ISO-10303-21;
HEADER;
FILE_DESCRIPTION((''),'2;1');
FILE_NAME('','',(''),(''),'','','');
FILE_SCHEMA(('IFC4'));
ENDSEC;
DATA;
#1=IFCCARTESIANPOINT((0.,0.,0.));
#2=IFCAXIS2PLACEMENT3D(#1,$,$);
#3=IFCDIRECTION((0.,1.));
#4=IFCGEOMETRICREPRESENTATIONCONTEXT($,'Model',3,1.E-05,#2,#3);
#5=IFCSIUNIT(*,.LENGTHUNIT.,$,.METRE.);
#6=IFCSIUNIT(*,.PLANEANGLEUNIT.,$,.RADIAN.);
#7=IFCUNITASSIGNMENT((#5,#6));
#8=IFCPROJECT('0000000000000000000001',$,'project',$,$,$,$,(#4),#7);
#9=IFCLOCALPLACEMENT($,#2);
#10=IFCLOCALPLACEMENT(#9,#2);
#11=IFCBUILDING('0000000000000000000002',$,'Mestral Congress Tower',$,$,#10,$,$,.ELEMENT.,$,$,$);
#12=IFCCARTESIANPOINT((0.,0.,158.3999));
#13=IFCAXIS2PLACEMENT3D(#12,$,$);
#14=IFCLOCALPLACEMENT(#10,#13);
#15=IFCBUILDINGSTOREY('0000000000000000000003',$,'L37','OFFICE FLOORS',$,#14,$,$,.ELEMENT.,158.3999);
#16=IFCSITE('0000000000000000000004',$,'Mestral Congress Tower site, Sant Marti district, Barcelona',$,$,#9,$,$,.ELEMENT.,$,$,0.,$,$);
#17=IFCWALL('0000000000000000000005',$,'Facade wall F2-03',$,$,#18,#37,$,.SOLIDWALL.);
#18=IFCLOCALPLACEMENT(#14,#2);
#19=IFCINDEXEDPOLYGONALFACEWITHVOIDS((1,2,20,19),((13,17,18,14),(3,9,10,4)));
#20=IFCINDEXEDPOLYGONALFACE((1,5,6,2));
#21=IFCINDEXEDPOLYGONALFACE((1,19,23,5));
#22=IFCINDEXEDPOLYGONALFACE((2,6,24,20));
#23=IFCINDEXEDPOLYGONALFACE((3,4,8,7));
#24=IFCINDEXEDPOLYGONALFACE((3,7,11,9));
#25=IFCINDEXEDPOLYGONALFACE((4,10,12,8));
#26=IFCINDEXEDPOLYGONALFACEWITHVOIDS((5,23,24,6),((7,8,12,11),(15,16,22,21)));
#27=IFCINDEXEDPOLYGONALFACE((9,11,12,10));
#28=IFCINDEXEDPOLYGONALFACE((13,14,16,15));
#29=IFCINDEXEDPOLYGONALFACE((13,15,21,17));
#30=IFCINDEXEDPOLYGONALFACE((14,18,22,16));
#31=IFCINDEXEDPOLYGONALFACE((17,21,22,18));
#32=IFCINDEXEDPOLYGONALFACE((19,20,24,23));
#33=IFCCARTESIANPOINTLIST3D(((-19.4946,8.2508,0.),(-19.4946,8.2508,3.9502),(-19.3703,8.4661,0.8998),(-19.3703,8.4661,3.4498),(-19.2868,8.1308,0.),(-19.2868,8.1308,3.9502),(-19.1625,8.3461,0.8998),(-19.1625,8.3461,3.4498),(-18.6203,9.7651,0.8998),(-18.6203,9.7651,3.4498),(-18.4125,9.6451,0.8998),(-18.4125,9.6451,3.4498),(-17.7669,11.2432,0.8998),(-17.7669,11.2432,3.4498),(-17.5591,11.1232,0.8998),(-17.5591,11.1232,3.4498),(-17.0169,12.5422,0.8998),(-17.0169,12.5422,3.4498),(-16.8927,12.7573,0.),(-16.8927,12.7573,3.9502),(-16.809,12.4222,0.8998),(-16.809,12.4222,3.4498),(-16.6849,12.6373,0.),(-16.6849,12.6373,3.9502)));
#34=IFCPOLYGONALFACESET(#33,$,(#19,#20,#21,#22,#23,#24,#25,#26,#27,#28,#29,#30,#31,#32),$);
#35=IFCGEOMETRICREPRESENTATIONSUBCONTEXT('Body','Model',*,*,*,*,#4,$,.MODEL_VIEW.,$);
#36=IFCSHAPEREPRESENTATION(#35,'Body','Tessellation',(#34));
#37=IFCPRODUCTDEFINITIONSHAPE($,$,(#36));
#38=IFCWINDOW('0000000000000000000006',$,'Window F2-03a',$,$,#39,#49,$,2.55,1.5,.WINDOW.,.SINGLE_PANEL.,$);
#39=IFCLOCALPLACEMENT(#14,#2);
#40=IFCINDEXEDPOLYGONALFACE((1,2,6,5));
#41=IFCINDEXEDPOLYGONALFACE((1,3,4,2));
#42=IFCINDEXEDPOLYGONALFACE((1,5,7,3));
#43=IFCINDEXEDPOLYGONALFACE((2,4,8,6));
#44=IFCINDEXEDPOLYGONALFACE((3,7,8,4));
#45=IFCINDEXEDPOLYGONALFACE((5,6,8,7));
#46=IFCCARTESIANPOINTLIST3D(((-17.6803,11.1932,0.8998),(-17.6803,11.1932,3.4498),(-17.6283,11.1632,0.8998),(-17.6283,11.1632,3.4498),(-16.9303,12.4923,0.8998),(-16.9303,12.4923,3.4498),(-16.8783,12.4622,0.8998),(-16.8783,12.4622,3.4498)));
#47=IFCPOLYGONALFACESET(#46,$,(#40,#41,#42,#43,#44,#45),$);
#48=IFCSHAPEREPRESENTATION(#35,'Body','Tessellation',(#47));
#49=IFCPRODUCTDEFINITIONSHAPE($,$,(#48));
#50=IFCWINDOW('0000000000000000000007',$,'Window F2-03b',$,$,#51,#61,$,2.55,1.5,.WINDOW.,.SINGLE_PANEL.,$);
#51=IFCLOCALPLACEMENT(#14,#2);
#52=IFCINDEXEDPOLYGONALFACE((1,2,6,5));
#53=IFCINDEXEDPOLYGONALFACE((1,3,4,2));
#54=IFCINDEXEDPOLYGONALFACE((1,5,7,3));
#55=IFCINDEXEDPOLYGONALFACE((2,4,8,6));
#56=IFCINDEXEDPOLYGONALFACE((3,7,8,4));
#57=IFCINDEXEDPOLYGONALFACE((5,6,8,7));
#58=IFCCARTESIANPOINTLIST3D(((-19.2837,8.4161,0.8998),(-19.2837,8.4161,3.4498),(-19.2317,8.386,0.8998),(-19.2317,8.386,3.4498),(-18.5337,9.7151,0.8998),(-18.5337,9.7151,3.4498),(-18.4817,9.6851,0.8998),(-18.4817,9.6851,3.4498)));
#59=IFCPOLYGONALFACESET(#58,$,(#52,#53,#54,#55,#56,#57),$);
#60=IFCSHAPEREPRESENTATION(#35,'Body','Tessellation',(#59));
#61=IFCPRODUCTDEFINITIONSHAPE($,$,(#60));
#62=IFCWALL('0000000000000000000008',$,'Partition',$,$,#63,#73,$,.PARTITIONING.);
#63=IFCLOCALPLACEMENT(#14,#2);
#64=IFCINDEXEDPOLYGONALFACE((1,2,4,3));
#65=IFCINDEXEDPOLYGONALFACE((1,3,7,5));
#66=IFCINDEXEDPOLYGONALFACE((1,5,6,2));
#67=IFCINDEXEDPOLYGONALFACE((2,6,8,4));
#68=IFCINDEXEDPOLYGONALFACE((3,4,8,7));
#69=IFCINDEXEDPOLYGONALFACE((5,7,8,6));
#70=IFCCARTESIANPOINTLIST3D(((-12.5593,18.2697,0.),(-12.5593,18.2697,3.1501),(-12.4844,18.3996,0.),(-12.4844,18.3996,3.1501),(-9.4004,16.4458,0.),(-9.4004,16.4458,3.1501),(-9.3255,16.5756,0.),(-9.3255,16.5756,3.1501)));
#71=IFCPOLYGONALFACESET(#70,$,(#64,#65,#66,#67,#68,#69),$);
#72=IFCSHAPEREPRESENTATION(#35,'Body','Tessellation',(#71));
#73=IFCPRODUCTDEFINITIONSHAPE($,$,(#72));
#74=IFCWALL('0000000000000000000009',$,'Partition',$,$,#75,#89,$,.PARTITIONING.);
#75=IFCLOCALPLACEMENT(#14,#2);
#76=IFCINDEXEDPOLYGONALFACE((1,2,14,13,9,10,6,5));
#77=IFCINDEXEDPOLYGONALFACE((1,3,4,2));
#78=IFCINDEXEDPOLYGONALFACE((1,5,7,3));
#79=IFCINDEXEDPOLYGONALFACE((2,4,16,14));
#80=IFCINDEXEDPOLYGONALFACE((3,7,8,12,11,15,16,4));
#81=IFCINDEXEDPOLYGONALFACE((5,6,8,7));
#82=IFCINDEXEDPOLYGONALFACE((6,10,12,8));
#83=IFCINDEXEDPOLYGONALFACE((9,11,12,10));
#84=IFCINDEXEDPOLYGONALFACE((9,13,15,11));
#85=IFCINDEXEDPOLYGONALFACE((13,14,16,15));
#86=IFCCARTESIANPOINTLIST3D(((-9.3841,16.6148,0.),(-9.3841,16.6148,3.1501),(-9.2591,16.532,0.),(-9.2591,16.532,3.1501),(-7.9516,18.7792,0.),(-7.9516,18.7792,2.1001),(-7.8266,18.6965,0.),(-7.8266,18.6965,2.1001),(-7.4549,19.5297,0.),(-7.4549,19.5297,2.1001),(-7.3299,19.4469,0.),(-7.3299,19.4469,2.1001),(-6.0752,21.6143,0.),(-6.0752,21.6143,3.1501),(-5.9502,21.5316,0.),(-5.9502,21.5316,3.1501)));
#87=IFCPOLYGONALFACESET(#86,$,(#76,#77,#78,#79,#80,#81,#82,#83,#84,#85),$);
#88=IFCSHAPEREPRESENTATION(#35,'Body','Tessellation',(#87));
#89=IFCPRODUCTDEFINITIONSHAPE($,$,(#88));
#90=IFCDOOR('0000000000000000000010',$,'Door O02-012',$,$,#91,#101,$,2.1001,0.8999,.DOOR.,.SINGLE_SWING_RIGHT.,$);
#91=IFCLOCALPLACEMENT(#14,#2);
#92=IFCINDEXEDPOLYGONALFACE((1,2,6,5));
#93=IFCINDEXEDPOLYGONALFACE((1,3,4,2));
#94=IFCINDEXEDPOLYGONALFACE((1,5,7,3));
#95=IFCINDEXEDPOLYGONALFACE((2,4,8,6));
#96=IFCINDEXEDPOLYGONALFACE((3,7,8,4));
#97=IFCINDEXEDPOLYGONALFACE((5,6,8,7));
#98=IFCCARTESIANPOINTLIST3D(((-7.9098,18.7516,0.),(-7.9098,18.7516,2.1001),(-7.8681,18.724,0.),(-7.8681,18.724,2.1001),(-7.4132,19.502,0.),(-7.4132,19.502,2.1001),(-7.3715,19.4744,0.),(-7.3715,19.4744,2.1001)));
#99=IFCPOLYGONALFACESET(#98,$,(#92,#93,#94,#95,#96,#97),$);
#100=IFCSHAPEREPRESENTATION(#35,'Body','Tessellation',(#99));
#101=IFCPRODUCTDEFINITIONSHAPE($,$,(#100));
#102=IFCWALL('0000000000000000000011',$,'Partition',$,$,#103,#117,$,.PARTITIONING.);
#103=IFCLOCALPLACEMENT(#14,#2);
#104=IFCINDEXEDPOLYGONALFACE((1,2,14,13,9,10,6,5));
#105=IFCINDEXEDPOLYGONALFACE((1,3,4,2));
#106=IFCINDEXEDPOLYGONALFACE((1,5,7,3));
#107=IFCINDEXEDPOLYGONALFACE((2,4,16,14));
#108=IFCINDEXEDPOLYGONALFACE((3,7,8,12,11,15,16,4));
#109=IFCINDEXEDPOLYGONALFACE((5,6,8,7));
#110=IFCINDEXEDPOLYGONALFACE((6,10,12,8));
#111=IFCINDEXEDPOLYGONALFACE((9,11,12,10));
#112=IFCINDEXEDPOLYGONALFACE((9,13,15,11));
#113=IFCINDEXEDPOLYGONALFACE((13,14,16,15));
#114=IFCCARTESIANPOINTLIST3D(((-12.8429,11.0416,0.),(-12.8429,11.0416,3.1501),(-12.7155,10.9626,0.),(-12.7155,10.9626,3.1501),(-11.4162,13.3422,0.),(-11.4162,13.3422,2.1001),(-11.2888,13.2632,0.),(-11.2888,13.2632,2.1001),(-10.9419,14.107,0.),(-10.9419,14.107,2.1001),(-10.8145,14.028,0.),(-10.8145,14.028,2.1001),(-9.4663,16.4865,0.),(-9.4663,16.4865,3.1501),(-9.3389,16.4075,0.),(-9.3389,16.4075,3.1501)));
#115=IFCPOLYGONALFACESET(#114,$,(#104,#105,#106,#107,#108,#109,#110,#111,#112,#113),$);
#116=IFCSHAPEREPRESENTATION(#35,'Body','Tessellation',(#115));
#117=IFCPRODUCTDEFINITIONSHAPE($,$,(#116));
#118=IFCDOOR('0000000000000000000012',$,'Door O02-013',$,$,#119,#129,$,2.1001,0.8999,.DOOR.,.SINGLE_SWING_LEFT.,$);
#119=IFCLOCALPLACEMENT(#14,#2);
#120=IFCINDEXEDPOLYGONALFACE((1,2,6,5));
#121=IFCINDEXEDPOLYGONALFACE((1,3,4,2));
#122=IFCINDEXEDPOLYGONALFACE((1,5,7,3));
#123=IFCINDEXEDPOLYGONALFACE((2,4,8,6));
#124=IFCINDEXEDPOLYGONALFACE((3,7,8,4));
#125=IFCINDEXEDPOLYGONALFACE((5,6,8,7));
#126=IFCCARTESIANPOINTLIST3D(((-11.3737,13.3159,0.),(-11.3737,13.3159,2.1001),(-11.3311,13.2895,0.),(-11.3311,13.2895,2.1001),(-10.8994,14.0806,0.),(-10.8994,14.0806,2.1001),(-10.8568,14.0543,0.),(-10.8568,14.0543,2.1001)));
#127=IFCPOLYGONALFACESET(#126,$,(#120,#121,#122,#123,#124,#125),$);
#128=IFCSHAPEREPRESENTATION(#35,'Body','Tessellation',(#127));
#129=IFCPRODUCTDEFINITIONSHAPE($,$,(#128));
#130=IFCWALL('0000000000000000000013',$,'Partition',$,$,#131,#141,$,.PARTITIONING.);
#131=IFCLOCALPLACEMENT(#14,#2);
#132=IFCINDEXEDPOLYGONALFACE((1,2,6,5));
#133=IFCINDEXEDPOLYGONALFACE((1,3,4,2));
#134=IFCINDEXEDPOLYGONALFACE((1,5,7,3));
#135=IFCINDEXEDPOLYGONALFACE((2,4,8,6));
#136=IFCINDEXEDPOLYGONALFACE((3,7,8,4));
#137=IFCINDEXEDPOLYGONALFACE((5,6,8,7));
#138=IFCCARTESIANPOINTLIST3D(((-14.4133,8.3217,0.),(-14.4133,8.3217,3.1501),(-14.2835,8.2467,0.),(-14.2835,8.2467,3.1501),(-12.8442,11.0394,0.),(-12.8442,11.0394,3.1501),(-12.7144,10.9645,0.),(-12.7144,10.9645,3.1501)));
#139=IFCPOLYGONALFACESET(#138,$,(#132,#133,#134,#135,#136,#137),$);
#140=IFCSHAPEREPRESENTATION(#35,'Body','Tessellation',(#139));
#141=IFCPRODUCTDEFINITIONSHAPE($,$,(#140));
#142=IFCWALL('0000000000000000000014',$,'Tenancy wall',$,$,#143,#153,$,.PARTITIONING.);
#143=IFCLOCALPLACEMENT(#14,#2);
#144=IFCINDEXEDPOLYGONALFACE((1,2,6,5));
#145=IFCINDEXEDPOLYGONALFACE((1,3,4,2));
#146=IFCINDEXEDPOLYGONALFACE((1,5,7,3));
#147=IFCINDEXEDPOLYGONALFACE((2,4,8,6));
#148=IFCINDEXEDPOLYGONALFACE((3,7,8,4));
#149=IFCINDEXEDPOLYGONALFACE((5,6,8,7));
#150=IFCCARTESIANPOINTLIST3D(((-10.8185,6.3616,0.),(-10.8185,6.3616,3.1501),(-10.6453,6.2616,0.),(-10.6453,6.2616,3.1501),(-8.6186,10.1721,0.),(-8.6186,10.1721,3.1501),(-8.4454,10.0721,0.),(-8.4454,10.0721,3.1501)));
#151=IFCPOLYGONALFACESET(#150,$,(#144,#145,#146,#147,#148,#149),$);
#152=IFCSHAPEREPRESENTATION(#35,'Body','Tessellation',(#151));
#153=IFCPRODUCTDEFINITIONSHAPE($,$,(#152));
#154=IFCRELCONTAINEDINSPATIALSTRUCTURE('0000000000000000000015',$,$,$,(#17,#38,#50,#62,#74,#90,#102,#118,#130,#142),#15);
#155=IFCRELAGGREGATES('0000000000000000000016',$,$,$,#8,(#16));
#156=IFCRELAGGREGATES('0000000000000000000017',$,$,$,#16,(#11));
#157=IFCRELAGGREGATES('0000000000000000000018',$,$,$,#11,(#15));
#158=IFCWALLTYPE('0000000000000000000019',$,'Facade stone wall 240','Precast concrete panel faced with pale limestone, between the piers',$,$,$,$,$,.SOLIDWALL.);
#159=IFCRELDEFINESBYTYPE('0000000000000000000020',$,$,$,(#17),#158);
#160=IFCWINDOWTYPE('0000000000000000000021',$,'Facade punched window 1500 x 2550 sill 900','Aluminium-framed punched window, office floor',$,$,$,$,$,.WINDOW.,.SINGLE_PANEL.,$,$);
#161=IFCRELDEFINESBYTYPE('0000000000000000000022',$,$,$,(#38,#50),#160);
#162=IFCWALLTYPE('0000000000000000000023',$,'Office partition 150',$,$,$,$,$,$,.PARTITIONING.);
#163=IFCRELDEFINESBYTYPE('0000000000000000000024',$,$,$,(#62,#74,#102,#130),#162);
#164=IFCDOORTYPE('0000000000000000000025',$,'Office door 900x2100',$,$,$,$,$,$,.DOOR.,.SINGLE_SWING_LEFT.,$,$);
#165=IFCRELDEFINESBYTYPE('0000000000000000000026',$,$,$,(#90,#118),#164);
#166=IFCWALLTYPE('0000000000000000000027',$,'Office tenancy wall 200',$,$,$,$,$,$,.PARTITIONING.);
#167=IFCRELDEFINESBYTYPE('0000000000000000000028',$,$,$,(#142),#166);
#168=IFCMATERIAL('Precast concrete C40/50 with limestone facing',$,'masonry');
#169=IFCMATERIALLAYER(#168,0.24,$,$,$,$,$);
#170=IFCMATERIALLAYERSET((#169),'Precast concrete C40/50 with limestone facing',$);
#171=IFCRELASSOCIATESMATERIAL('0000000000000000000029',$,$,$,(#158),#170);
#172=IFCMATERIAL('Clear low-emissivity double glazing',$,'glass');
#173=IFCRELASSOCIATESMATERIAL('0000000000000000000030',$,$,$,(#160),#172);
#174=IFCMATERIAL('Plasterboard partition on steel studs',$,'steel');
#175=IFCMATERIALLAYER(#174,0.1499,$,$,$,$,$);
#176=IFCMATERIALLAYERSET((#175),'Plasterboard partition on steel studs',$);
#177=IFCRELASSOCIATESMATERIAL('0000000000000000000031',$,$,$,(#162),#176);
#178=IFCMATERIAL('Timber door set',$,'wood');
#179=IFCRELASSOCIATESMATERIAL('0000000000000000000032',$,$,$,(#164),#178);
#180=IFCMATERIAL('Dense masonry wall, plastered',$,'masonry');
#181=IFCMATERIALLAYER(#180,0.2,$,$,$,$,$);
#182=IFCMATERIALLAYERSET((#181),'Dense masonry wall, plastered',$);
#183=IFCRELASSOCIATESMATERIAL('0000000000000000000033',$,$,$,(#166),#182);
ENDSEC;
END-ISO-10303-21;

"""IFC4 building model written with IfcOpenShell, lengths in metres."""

from ifc_helpers import new_model, si_unit, direction, frame, frame_2d, origin, place, context, subcontext, project, spatial, rectangle, extrude, material, layer, layer_set, type_object, element, fill, save


model = new_model("IFC4")

# Units and contexts
model_context = context("Model", 3, precision=1e-05, world=origin(), true_north=direction((0.0, 1.0)))
body_context = subcontext(model_context, "Body", "Model", "MODEL_VIEW")
ifc_project = project(units=[si_unit("LENGTHUNIT", "METRE"), si_unit("PLANEANGLEUNIT", "RADIAN")], contexts=[model_context])

# Site, building, storey
site_placement = place(None, origin())
site = spatial("IfcSite", under=ifc_project, at=site_placement, Name="Mestral Congress Tower site, Sant Marti district, Barcelona", CompositionType="ELEMENT", RefElevation=0.0)
building_placement = place(site_placement, origin())
building = spatial("IfcBuilding", under=site, at=building_placement, Name="Mestral Congress Tower", CompositionType="ELEMENT")
storey_placement = place(building_placement, frame((0.0, 0.0, 158.3999)))
storey = spatial("IfcBuildingStorey", under=building, at=storey_placement, Name="L37", Description="OFFICE FLOORS", CompositionType="ELEMENT", Elevation=158.3999)

# Wall, openings, windows
ifc_material_1 = material(Name="Precast concrete C40/50 with limestone facing", Category="masonry")
ifc_layer_1 = layer(ifc_material_1, 0.24)
ifc_layer_set_1 = layer_set([ifc_layer_1], Name="Precast concrete C40/50 with limestone facing")
wall_type_1 = type_object("IfcWallType", Name="Facade stone wall 240", Description="Precast concrete panel faced with pale limestone, between the piers", PredefinedType="SOLIDWALL", material=ifc_layer_set_1)
ifc_material_2 = material(Name="Clear low-emissivity double glazing", Category="glass")
window_type = type_object("IfcWindowType", Name="Facade punched window 1500 x 2550 sill 900", Description="Aluminium-framed punched window, office floor", PartitioningType="SINGLE_PANEL", PredefinedType="WINDOW", material=ifc_material_2)
wall_1_placement = place(storey_placement, frame((-16.7888, 12.6973, 0.0), z_axis=(0.0, 0.0, 1.0), x_axis=(-0.500009, -0.86602, 0.0)))
wall_1 = element("IfcWall", 1, at=wall_1_placement, inside=storey, type_object=wall_type_1, Name="Facade wall F2-03", PredefinedType="SOLIDWALL", context=body_context, shape_type="SweptSolid", body=[
    extrude(rectangle(XDim=5.2036, YDim=0.24, at=frame_2d((2.6018, 0.0))), origin(), (0.0, 0.0, 1.0), 3.9502),
])
opening_1_placement = place(wall_1_placement, frame((0.2483, 0.0, 0.8999)))
opening_1 = element("IfcOpeningElement", 2, at=opening_1_placement, cuts=wall_1, PredefinedType="OPENING", context=body_context, shape_type="SweptSolid", body=[
    extrude(rectangle(XDim=1.5, YDim=2.55, at=frame_2d((0.75, 1.2749))), frame((0.0, 0.1299, 0.0), z_axis=(0.0, -1.0, 0.0), x_axis=(1.0, 0.0, 0.0)), (0.0, 0.0, 1.0), 0.26),
])
opening_2_placement = place(wall_1_placement, frame((3.4551, 0.0, 0.8999)))
opening_2 = element("IfcOpeningElement", 3, at=opening_2_placement, cuts=wall_1, PredefinedType="OPENING", context=body_context, shape_type="SweptSolid", body=[
    extrude(rectangle(XDim=1.5, YDim=2.55, at=frame_2d((0.75, 1.2749))), frame((0.0, 0.1299, 0.0), z_axis=(0.0, -1.0, 0.0), x_axis=(1.0, 0.0, 0.0)), (0.0, 0.0, 1.0), 0.26),
])
window_1_placement = place(opening_1_placement, origin())
window_1 = element("IfcWindow", 4, at=window_1_placement, inside=storey, type_object=window_type, Name="Window F2-03a", OverallHeight=2.55, OverallWidth=1.5, PartitioningType="SINGLE_PANEL", PredefinedType="WINDOW", context=body_context, shape_type="SweptSolid", body=[
    extrude(rectangle(XDim=1.5, YDim=2.55, at=frame_2d((0.75, 1.2749))), frame((0.0, 0.04, 0.0), z_axis=(0.0, -1.0, 0.0), x_axis=(1.0, 0.0, 0.0)), (0.0, 0.0, 1.0), 0.0601),
])
fill(opening_1, window_1)
window_2_placement = place(opening_2_placement, origin())
window_2 = element("IfcWindow", 5, at=window_2_placement, inside=storey, type_object=window_type, Name="Window F2-03b", OverallHeight=2.55, OverallWidth=1.5, PartitioningType="SINGLE_PANEL", PredefinedType="WINDOW", context=body_context, shape_type="SweptSolid", body=[
    extrude(rectangle(XDim=1.5, YDim=2.55, at=frame_2d((0.75, 1.2749))), frame((0.0, 0.04, 0.0), z_axis=(0.0, -1.0, 0.0), x_axis=(1.0, 0.0, 0.0)), (0.0, 0.0, 1.0), 0.0601),
])
fill(opening_2, window_2)

# Wall
ifc_material_3 = material(Name="Plasterboard partition on steel studs", Category="steel")
ifc_layer_2 = layer(ifc_material_3, 0.1499)
ifc_layer_set_2 = layer_set([ifc_layer_2], Name="Plasterboard partition on steel studs")
wall_type_2 = type_object("IfcWallType", Name="Office partition 150", PredefinedType="PARTITIONING", material=ifc_layer_set_2)
wall_2_placement = place(storey_placement, frame((-9.363, 16.5107, 0.0), z_axis=(0.0, 0.0, 1.0), x_axis=(-0.866006, 0.500033, 0.0)))
element("IfcWall", 6, at=wall_2_placement, inside=storey, type_object=wall_type_2, Name="Partition", PredefinedType="PARTITIONING", context=body_context, shape_type="SweptSolid", body=[
    extrude(rectangle(XDim=3.6477, YDim=0.1499, at=frame_2d((1.8237, 0.0))), origin(), (0.0, 0.0, 1.0), 3.1501),
])

# Walls, openings, doors
wall_3_placement = place(storey_placement, frame((-9.3215, 16.5735, 0.0), z_axis=(0.0, 0.0, 1.0), x_axis=(0.551906, 0.833906, 0.0)))
wall_3 = element("IfcWall", 7, at=wall_3_placement, inside=storey, type_object=wall_type_2, Name="Partition", PredefinedType="PARTITIONING", context=body_context, shape_type="SweptSolid", body=[
    extrude(rectangle(XDim=5.9954, YDim=0.1499, at=frame_2d((2.9976, 0.0))), origin(), (0.0, 0.0, 1.0), 3.1501),
])
opening_3_placement = place(wall_3_placement, frame((2.5955, 0.0, 0.0)))
opening_3 = element("IfcOpeningElement", 8, at=opening_3_placement, cuts=wall_3, PredefinedType="OPENING", context=body_context, shape_type="SweptSolid", body=[
    extrude(rectangle(XDim=0.8999, YDim=2.1001, at=frame_2d((0.45, 1.05))), frame((0.0, 0.085, 0.0), z_axis=(0.0, -1.0, 0.0), x_axis=(1.0, 0.0, 0.0)), (0.0, 0.0, 1.0), 0.1699),
])
ifc_material_4 = material(Name="Timber door set", Category="wood")
door_type_1 = type_object("IfcDoorType", Name="Office door 900x2100", OperationType="SINGLE_SWING_LEFT", PredefinedType="DOOR", material=ifc_material_4)
door_1_placement = place(opening_3_placement, origin())
door_1 = element("IfcDoor", 9, at=door_1_placement, inside=storey, type_object=door_type_1, Name="Door O02-012", OperationType="SINGLE_SWING_RIGHT", OverallHeight=2.1001, OverallWidth=0.8999, PredefinedType="DOOR", context=body_context, shape_type="SweptSolid", body=[
    extrude(rectangle(XDim=0.8999, YDim=2.1001, at=frame_2d((0.45, 1.05))), frame((0.0, 0.0249, 0.0), z_axis=(0.0, -1.0, 0.0), x_axis=(1.0, 0.0, 0.0)), (0.0, 0.0, 1.0), 0.05),
])
fill(opening_3, door_1)
wall_4_placement = place(storey_placement, frame((-12.7793, 11.002, 0.0), z_axis=(0.0, 0.0, 1.0), x_axis=(0.527026, 0.849849, 0.0)))
wall_4 = element("IfcWall", 10, at=wall_4_placement, inside=storey, type_object=wall_type_2, Name="Partition", PredefinedType="PARTITIONING", context=body_context, shape_type="SweptSolid", body=[
    extrude(rectangle(XDim=6.407, YDim=0.1499, at=frame_2d((3.2036, 0.0))), origin(), (0.0, 0.0, 1.0), 3.1501),
])
opening_4_placement = place(wall_4_placement, frame((2.7073, 0.0, 0.0)))
opening_4 = element("IfcOpeningElement", 11, at=opening_4_placement, cuts=wall_4, PredefinedType="OPENING", context=body_context, shape_type="SweptSolid", body=[
    extrude(rectangle(XDim=0.8999, YDim=2.1001, at=frame_2d((0.45, 1.05))), frame((0.0, 0.085, 0.0), z_axis=(0.0, -1.0, 0.0), x_axis=(1.0, 0.0, 0.0)), (0.0, 0.0, 1.0), 0.1699),
])
door_2_placement = place(opening_4_placement, origin())
door_2 = element("IfcDoor", 12, at=door_2_placement, inside=storey, type_object=door_type_1, Name="Door O02-013", OperationType="SINGLE_SWING_LEFT", OverallHeight=2.1001, OverallWidth=0.8999, PredefinedType="DOOR", context=body_context, shape_type="SweptSolid", body=[
    extrude(rectangle(XDim=0.8999, YDim=2.1001, at=frame_2d((0.45, 1.05))), frame((0.0, 0.0249, 0.0), z_axis=(0.0, -1.0, 0.0), x_axis=(1.0, 0.0, 0.0)), (0.0, 0.0, 1.0), 0.05),
])
fill(opening_4, door_2)

# Walls
wall_5_placement = place(storey_placement, frame((-12.7793, 11.002, 0.0), z_axis=(0.0, 0.0, 1.0), x_axis=(-0.499996, -0.866028, 0.0)))
element("IfcWall", 13, at=wall_5_placement, inside=storey, type_object=wall_type_2, Name="Partition", PredefinedType="PARTITIONING", context=body_context, shape_type="SweptSolid", body=[
    extrude(rectangle(XDim=3.1382, YDim=0.1499, at=frame_2d((1.5691, 0.0))), origin(), (0.0, 0.0, 1.0), 3.1501),
])
ifc_material_5 = material(Name="Dense masonry wall, plastered", Category="masonry")
ifc_layer_3 = layer(ifc_material_5, 0.2)
ifc_layer_set_3 = layer_set([ifc_layer_3], Name="Dense masonry wall, plastered")
wall_type_3 = type_object("IfcWallType", Name="Office tenancy wall 200", PredefinedType="PARTITIONING", material=ifc_layer_set_3)
wall_6_placement = place(storey_placement, frame((-8.532, 10.1221, 0.0), z_axis=(0.0, 0.0, 1.0), x_axis=(-0.499988, -0.866032, 0.0)))
element("IfcWall", 14, at=wall_6_placement, inside=storey, type_object=wall_type_3, Name="Tenancy wall", PredefinedType="PARTITIONING", context=body_context, shape_type="SweptSolid", body=[
    extrude(rectangle(XDim=4.3999, YDim=0.2, at=frame_2d((2.2, 0.0))), origin(), (0.0, 0.0, 1.0), 3.1501),
])

save(model, "model.ifc")
